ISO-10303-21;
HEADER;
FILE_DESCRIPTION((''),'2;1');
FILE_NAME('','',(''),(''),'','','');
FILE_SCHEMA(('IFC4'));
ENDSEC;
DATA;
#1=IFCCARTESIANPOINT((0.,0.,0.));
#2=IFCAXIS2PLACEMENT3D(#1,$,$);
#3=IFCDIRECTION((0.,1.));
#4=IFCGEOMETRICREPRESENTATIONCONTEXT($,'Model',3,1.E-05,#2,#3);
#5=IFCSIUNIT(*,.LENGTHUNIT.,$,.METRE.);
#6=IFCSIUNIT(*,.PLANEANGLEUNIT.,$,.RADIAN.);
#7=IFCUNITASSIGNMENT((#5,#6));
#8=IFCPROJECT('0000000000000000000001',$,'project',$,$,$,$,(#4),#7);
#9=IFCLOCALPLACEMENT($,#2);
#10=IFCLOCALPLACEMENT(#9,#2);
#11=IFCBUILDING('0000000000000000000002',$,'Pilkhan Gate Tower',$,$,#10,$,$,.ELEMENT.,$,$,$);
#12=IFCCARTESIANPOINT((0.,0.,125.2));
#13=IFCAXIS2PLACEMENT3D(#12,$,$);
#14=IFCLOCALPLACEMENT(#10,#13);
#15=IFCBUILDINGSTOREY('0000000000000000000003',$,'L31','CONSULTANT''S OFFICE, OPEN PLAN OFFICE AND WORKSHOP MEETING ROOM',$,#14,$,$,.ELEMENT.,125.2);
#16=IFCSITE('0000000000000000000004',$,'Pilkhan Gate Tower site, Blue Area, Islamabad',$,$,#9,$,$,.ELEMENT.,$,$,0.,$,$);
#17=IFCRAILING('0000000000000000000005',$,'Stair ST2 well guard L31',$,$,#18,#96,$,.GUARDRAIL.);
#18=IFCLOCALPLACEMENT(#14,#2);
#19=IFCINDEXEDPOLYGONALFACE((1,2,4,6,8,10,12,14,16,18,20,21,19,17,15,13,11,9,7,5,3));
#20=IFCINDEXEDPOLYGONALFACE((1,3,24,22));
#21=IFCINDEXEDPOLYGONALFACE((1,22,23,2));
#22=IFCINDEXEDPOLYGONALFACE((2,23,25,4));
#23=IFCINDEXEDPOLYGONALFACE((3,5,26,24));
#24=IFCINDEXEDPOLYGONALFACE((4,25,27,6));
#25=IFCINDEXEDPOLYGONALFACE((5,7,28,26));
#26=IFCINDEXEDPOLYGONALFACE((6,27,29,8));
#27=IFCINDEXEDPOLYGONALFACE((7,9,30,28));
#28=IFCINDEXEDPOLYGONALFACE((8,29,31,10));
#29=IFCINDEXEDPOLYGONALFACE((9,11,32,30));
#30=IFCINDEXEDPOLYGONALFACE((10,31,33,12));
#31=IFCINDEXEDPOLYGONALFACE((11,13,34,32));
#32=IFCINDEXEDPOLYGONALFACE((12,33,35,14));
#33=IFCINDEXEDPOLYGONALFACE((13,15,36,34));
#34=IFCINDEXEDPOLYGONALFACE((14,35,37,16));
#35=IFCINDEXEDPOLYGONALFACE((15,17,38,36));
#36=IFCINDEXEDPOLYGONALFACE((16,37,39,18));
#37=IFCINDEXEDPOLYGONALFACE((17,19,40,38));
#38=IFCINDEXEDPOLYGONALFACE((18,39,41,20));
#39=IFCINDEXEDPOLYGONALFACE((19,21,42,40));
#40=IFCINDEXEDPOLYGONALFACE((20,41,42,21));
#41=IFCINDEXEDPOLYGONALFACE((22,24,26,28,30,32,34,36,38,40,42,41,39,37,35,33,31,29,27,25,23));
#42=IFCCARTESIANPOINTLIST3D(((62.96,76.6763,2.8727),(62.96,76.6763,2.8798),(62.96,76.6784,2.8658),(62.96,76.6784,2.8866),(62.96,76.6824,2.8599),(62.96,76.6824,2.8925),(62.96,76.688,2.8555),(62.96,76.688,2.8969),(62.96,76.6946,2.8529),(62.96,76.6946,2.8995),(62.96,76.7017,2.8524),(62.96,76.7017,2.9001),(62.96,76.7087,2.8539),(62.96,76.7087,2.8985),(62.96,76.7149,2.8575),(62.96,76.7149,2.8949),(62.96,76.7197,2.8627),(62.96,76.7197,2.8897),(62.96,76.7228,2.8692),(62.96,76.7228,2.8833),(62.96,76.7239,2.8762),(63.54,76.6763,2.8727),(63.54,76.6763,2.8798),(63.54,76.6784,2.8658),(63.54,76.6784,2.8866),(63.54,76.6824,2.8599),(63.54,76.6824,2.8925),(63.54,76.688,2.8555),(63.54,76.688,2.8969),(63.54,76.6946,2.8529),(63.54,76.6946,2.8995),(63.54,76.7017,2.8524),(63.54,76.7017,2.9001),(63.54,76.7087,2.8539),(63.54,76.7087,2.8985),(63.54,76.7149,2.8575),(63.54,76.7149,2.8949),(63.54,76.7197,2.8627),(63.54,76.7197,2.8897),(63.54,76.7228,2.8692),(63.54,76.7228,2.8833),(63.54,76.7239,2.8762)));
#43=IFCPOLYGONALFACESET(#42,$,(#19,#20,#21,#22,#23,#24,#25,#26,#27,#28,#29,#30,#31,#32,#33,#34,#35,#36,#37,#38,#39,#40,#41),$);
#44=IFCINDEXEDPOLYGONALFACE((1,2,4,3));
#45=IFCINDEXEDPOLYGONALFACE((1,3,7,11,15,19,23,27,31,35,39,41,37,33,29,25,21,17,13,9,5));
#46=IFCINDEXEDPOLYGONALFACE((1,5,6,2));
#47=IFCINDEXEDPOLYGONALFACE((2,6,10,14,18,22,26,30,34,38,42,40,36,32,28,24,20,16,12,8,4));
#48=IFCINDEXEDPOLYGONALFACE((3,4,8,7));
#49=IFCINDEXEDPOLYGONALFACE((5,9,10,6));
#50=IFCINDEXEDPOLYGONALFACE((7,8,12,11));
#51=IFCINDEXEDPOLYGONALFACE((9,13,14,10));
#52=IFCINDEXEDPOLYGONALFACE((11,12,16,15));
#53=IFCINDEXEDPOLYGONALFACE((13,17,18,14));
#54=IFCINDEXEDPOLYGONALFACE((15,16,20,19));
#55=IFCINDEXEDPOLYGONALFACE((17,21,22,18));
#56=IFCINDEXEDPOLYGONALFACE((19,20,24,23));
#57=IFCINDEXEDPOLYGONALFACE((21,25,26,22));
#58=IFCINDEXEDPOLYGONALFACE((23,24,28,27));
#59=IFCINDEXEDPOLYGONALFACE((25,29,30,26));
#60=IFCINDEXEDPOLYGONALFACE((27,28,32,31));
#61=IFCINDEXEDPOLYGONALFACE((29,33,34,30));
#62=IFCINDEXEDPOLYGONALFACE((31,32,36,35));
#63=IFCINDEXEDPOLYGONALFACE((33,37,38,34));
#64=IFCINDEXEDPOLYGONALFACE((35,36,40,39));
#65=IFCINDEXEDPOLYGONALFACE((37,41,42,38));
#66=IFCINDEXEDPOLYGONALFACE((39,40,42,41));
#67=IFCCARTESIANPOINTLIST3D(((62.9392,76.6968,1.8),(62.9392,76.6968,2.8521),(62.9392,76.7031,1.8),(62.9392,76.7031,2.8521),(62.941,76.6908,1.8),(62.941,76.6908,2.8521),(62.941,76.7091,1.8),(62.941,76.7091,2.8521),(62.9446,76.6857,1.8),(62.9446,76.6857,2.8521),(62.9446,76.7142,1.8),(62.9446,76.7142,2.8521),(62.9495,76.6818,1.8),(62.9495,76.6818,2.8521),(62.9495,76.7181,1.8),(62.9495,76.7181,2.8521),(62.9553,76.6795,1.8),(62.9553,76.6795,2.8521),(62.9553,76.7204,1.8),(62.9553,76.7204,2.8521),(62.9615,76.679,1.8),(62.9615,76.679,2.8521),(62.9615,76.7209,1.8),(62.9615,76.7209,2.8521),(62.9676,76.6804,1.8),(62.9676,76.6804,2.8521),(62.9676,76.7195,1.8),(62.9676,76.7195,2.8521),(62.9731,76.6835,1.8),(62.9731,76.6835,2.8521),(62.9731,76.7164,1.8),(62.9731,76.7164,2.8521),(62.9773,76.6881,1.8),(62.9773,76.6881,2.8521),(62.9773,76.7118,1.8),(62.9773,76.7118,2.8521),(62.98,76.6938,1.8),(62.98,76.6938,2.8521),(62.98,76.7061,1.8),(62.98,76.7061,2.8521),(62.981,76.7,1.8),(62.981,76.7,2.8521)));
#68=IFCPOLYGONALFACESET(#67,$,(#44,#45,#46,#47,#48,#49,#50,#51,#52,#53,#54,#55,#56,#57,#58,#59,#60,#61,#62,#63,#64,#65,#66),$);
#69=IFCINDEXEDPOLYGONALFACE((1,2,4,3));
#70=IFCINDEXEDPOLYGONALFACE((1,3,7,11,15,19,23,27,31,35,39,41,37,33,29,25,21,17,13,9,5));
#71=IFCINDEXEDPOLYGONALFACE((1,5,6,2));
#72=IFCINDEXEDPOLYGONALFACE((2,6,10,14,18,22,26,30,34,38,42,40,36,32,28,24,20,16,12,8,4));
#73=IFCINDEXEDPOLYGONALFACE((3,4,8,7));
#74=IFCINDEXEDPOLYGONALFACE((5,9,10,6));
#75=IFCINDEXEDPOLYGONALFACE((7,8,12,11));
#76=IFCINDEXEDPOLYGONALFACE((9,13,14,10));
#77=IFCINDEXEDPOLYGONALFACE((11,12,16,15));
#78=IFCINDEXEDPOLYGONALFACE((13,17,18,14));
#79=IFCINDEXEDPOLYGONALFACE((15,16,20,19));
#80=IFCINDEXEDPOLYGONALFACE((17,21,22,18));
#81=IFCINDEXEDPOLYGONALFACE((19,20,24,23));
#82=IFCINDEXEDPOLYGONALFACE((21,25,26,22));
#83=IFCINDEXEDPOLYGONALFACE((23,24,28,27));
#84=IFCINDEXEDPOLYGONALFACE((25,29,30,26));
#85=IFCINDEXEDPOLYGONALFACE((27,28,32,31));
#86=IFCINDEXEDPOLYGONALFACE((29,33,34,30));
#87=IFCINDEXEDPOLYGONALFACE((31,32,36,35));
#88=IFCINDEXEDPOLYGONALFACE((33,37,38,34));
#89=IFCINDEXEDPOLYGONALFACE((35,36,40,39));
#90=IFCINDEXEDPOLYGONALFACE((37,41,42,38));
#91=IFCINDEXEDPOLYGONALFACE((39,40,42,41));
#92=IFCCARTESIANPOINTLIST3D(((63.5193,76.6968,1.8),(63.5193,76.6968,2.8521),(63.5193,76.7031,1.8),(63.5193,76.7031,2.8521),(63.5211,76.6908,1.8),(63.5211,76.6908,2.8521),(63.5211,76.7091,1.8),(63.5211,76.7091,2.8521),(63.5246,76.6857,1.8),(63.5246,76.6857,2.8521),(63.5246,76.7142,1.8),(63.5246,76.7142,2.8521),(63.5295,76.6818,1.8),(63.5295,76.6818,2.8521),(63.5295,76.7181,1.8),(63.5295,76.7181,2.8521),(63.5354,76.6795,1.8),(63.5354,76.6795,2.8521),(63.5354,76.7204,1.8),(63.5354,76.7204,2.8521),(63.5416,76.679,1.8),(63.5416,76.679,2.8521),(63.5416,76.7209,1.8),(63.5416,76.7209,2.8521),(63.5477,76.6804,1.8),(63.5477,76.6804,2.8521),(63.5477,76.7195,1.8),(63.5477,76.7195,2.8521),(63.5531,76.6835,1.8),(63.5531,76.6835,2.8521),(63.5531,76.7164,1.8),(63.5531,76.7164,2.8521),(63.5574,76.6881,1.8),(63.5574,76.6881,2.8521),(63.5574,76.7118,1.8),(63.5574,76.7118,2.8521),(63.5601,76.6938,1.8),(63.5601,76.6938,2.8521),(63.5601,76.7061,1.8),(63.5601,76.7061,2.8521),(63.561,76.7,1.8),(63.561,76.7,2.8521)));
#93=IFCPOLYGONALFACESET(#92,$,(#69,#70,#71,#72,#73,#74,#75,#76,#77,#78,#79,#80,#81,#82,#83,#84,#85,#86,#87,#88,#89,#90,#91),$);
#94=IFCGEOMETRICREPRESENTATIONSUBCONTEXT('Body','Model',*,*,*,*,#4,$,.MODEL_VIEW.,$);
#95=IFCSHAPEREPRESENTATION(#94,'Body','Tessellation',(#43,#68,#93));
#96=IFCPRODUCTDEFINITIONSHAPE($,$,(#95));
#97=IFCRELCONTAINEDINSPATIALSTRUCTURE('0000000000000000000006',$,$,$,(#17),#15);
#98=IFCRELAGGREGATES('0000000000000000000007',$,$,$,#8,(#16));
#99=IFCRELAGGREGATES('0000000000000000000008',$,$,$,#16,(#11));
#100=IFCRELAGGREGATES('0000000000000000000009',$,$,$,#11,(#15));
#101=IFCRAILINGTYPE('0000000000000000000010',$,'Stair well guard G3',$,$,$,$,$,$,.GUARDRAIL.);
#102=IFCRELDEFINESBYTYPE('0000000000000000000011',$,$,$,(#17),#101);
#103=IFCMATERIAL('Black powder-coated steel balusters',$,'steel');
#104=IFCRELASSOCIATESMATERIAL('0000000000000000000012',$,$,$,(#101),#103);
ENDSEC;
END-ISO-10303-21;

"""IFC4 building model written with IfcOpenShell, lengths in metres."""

from ifc_helpers import new_model, si_unit, direction, frame, origin, origin_2d, place, context, subcontext, project, spatial, circle, extrude, material, type_object, element, save


model = new_model("IFC4")

# Units and contexts
model_context = context("Model", 3, precision=1e-05, world=origin(), true_north=direction((0.0, 1.0)))
body_context = subcontext(model_context, "Body", "Model", "MODEL_VIEW")
ifc_project = project(units=[si_unit("LENGTHUNIT", "METRE"), si_unit("PLANEANGLEUNIT", "RADIAN")], contexts=[model_context])

# Site, building, storey
site_placement = place(None, origin())
site = spatial("IfcSite", under=ifc_project, at=site_placement, Name="Pilkhan Gate Tower site, Blue Area, Islamabad", CompositionType="ELEMENT", RefElevation=0.0)
building_placement = place(site_placement, origin())
building = spatial("IfcBuilding", under=site, at=building_placement, Name="Pilkhan Gate Tower", CompositionType="ELEMENT")
storey_placement = place(building_placement, frame((0.0, 0.0, 125.2)))
storey = spatial("IfcBuildingStorey", under=building, at=storey_placement, Name="L31", Description="CONSULTANT'S OFFICE, OPEN PLAN OFFICE AND WORKSHOP MEETING ROOM", CompositionType="ELEMENT", Elevation=125.2)

# Railing
ifc_material_1 = material(Name="Black powder-coated steel balusters", Category="steel")
railing_type_1 = type_object("IfcRailingType", Name="Stair well guard G3", PredefinedType="GUARDRAIL", material=ifc_material_1)
for number, where, name in (
    (1, (62.96, 76.7, 1.8), "Stair ST2 well guard L31"),
):
    element("IfcRailing", number, at=place(storey_placement, frame(where)), inside=storey, type_object=railing_type_1, Name=name, PredefinedType="GUARDRAIL", context=body_context, shape_type="SweptSolid", body=[
        extrude(circle(Radius=0.0239, at=origin_2d()), frame((0.0, 0.0, 1.0762), z_axis=(1.0, 0.0, 0.0), x_axis=(0.0, 1.0, 0.0)), (0.0, 0.0, 1.0), 0.5801),
        extrude(circle(Radius=0.021, at=origin_2d()), origin(), (0.0, 0.0, 1.0), 1.052),
        extrude(circle(Radius=0.021, at=origin_2d()), frame((0.5801, 0.0, 0.0)), (0.0, 0.0, 1.0), 1.052),
    ])

save(model, "model.ifc")
